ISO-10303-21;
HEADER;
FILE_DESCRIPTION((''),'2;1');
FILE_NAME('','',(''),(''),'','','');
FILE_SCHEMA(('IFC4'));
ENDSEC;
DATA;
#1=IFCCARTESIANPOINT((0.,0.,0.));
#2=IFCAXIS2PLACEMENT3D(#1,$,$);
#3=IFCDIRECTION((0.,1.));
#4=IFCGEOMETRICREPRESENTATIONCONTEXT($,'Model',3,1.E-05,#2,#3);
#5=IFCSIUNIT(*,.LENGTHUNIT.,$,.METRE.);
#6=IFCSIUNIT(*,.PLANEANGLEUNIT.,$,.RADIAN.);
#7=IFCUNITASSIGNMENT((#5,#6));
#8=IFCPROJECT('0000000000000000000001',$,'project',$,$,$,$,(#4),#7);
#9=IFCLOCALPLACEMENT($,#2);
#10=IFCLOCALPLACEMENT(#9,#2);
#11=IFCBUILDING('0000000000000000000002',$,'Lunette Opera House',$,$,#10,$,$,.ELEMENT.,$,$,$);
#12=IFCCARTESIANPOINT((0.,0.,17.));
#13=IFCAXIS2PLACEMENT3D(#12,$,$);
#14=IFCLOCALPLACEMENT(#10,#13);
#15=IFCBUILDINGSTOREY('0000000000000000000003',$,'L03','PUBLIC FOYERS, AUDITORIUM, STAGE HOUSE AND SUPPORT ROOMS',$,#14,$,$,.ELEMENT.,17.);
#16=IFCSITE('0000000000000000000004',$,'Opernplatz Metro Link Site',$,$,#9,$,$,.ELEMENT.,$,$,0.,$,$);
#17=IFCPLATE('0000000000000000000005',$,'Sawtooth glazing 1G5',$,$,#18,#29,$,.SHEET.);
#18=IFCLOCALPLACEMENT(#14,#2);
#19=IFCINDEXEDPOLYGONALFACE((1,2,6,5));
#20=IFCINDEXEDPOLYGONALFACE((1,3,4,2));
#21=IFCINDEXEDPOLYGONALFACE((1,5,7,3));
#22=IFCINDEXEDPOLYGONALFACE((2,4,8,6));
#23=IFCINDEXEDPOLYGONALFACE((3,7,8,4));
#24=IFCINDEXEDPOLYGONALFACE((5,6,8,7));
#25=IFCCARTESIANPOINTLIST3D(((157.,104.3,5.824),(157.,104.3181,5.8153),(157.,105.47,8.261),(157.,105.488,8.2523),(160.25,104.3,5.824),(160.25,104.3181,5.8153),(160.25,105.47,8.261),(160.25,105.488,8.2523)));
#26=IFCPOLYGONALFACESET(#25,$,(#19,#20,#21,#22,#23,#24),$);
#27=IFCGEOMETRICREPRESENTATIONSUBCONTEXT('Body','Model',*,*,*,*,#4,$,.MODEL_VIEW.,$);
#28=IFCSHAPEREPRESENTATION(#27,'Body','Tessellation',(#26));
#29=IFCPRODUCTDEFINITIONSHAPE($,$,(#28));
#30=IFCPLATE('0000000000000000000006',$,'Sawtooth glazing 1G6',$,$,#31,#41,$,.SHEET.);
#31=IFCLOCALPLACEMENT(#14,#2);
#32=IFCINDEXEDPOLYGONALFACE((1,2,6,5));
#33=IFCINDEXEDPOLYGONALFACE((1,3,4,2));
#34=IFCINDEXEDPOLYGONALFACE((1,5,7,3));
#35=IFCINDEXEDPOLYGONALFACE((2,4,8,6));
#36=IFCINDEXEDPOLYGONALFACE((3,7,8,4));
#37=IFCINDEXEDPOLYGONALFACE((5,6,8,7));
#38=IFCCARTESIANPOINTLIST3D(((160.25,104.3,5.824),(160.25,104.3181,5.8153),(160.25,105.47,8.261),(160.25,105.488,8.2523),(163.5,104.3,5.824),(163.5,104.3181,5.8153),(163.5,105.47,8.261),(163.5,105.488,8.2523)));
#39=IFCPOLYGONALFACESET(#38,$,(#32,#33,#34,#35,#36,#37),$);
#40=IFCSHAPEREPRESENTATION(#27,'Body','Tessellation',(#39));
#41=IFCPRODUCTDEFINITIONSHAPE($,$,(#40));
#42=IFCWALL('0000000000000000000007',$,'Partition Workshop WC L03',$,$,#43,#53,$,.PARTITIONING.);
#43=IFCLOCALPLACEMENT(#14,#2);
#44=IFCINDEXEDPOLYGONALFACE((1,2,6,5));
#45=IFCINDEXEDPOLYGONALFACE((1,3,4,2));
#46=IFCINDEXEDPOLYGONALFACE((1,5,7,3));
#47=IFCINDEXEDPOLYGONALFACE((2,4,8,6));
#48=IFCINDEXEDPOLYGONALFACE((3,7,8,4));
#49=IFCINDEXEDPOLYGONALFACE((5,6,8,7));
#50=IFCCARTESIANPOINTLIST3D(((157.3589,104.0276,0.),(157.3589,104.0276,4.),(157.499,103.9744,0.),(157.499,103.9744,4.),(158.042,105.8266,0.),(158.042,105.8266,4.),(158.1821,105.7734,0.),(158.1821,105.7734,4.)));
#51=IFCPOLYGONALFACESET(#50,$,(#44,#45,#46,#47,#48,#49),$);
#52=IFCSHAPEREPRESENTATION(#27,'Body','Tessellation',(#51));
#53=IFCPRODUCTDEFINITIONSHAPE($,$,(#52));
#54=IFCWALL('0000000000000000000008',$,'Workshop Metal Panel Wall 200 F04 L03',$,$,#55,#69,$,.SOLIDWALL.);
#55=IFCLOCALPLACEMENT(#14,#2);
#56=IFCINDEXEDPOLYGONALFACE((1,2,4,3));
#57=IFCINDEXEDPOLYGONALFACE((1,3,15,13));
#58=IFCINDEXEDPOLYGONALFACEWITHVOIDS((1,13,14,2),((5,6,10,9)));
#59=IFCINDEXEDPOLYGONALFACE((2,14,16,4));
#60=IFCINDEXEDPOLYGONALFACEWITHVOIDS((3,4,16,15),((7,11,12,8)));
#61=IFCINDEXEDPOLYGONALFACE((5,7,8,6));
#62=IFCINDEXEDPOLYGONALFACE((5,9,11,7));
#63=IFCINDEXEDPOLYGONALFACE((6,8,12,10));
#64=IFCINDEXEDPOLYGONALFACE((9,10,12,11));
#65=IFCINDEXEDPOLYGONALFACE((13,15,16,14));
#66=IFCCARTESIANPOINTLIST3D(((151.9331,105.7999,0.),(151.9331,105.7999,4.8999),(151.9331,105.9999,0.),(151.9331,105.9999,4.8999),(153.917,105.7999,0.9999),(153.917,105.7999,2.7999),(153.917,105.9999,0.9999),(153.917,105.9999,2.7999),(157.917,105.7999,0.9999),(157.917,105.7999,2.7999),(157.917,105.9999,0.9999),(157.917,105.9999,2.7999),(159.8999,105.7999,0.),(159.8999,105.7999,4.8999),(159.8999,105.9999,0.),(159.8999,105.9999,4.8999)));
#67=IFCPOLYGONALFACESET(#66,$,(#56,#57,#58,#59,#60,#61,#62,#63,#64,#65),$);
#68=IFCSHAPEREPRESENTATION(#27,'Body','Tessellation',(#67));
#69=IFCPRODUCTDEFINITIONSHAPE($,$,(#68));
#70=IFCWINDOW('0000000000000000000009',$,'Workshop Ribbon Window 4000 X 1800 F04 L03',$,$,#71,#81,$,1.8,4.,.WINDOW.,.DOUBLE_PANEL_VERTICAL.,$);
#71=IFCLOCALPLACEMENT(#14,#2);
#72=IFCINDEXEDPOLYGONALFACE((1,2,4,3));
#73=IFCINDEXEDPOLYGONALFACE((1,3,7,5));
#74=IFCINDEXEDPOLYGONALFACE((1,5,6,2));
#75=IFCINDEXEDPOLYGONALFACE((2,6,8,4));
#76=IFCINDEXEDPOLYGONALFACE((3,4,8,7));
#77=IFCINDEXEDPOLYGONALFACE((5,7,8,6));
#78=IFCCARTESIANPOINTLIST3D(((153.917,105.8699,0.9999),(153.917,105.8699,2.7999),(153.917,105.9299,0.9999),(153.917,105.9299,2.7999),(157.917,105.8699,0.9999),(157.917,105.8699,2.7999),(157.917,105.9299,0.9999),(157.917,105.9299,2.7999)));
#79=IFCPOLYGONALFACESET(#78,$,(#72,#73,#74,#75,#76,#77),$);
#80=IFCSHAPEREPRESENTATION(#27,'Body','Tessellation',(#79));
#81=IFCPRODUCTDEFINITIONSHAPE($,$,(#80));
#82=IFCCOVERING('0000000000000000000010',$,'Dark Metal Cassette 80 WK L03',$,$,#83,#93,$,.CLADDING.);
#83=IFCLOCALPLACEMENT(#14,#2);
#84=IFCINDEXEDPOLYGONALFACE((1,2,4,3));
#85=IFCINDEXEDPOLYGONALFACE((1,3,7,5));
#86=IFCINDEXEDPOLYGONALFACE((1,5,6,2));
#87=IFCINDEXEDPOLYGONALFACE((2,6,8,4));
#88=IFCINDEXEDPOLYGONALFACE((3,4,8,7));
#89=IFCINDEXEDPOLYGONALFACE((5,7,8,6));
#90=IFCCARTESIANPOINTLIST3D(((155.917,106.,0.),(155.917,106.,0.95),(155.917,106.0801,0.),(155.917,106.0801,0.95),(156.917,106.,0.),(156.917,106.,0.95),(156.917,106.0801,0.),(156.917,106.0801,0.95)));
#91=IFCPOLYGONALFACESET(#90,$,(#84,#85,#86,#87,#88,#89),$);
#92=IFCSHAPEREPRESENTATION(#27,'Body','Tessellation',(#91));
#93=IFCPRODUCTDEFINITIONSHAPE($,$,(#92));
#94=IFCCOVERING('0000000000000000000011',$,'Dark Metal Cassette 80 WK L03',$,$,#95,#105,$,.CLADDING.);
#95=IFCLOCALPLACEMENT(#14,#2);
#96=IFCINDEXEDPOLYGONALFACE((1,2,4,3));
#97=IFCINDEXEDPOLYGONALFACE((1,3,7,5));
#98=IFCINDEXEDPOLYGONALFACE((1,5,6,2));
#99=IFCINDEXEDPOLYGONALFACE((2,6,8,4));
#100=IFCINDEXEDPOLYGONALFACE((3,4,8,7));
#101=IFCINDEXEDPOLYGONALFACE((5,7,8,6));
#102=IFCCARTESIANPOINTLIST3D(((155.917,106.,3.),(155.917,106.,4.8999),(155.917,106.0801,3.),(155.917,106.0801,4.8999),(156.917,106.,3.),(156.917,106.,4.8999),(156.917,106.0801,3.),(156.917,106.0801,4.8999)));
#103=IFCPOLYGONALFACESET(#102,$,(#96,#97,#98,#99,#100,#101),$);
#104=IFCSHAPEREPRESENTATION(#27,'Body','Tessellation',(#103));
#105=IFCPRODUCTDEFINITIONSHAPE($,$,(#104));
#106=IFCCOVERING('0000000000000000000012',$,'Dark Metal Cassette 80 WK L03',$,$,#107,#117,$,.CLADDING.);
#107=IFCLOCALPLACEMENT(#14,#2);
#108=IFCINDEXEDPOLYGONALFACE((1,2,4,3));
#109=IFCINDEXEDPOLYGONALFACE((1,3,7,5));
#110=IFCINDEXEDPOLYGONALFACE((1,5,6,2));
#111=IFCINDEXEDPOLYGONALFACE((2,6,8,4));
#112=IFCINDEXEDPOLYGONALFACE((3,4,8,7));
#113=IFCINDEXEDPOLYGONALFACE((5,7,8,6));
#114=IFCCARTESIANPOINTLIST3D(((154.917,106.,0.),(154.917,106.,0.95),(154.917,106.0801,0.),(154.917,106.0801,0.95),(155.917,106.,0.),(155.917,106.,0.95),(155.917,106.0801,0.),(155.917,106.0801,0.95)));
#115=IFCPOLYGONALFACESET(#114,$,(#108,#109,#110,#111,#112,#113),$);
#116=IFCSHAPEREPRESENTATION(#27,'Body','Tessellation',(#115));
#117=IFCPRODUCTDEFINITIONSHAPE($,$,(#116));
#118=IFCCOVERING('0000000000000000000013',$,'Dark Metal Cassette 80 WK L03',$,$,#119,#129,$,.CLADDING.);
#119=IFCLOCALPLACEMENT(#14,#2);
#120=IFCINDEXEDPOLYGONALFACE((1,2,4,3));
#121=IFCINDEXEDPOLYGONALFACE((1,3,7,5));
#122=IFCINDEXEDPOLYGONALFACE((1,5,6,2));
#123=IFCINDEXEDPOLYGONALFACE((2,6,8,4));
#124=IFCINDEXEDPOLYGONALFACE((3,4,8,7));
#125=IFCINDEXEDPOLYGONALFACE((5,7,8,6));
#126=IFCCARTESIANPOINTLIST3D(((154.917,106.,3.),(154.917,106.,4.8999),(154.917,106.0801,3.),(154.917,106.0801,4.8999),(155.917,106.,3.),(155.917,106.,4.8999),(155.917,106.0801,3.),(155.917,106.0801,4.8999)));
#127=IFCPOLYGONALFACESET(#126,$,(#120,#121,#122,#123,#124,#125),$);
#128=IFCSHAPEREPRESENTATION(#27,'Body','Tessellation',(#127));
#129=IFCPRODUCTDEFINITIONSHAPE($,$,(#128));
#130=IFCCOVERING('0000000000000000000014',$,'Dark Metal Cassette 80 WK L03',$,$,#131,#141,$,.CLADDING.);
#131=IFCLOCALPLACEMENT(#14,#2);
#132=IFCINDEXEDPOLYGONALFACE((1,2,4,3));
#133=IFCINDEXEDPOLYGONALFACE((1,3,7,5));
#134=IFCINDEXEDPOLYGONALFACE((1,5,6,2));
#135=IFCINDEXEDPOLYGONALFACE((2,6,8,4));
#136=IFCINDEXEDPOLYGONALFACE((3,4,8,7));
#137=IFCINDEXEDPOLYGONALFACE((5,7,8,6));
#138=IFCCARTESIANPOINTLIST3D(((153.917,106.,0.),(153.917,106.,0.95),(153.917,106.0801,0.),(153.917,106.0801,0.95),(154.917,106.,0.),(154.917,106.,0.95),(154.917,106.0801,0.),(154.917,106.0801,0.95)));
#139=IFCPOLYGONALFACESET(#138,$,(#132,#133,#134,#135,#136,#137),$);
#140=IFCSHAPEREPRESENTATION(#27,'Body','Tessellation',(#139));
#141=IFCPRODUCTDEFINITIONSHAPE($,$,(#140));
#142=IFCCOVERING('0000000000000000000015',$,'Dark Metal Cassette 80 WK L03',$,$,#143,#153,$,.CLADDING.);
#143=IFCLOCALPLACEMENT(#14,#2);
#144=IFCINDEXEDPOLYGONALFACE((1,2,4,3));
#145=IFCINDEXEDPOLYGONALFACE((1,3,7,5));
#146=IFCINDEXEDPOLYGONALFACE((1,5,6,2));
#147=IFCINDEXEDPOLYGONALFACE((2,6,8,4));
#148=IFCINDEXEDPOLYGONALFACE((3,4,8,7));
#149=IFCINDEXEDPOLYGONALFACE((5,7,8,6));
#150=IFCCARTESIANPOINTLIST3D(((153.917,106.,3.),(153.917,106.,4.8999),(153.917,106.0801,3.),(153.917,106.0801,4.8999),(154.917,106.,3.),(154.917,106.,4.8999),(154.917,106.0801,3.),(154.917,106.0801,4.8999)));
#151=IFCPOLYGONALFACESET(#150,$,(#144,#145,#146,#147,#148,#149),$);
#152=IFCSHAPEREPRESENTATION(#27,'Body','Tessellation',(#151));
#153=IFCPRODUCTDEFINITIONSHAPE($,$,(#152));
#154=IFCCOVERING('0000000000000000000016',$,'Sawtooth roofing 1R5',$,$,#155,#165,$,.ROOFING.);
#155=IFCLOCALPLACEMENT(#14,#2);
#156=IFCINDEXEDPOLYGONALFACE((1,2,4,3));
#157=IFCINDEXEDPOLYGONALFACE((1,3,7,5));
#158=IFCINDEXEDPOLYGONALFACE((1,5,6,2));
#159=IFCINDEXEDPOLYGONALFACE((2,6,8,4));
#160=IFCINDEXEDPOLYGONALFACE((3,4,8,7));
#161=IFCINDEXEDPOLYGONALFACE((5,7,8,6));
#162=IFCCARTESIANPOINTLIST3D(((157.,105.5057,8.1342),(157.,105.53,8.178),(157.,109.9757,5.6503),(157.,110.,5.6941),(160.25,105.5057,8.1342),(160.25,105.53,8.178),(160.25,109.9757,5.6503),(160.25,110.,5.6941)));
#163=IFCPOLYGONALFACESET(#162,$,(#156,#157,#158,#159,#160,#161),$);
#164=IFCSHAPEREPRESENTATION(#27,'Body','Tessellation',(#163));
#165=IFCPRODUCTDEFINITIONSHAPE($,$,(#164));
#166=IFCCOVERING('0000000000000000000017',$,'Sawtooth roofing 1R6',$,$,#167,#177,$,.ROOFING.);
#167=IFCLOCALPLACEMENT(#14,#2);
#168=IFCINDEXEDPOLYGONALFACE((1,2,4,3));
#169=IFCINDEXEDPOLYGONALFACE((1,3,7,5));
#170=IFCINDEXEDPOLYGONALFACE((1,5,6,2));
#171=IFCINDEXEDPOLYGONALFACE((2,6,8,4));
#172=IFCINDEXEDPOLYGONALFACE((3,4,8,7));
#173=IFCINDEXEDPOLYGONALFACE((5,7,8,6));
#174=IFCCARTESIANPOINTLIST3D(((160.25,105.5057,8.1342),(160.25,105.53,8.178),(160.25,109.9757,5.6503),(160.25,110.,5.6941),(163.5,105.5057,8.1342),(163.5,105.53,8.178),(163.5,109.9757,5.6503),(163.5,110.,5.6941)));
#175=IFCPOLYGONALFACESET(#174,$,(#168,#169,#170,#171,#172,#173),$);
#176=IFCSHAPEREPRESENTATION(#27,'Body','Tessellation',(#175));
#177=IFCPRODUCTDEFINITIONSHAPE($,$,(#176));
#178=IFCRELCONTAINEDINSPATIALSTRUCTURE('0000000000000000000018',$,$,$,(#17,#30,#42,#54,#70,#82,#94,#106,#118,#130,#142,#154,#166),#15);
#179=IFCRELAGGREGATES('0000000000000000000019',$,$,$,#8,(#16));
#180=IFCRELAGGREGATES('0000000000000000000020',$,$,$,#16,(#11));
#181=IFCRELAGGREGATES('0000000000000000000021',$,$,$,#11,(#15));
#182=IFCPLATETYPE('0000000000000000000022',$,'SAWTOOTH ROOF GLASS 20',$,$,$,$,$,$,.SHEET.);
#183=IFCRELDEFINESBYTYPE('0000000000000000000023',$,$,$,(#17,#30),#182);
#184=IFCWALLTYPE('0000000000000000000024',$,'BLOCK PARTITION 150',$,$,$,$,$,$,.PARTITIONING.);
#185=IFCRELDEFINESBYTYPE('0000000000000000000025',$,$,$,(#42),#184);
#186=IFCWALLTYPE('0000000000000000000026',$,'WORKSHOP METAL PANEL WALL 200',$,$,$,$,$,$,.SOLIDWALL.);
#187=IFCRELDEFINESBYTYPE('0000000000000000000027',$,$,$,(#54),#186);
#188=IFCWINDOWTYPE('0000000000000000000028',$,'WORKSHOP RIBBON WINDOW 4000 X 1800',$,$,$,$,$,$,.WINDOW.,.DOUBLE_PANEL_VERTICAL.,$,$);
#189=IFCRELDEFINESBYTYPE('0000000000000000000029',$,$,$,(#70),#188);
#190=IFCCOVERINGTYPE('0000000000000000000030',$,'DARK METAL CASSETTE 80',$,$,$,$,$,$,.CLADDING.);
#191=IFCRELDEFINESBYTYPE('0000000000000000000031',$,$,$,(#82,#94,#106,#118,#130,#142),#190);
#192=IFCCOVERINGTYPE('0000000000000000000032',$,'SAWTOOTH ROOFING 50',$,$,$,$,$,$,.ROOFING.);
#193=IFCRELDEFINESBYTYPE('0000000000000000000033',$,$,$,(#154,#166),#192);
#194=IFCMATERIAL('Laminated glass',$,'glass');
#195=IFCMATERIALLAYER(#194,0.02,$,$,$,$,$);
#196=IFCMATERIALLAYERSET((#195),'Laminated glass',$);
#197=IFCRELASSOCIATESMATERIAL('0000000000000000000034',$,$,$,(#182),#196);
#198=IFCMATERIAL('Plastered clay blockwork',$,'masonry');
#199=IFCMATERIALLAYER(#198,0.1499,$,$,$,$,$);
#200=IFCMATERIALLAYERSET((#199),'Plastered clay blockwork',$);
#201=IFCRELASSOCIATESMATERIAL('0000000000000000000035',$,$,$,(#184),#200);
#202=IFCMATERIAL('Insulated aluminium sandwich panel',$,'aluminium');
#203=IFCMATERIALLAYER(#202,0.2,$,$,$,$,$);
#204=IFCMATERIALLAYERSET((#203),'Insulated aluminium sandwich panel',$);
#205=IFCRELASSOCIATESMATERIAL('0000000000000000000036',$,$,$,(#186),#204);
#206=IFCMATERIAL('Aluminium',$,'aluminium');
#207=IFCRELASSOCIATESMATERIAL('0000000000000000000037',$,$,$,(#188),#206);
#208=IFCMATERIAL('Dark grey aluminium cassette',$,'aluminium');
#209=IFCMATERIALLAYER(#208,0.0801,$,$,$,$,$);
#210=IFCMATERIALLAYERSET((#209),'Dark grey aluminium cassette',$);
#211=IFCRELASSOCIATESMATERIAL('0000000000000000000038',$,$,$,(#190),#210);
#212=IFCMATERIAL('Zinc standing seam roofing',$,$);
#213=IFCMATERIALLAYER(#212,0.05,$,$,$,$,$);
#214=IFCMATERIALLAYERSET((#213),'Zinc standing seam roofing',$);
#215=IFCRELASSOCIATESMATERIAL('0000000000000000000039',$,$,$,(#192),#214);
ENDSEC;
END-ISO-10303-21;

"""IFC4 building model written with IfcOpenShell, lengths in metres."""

from ifc_helpers import new_model, si_unit, direction, frame, frame_2d, origin, origin_2d, place, context, subcontext, project, spatial, polyline, rectangle, outline, extrude, material, layer, layer_set, type_object, element, fill, save


model = new_model("IFC4")

# Units and contexts
model_context = context("Model", 3, precision=1e-05, world=origin(), true_north=direction((0.0, 1.0)))
body_context = subcontext(model_context, "Body", "Model", "MODEL_VIEW")
ifc_project = project(units=[si_unit("LENGTHUNIT", "METRE"), si_unit("PLANEANGLEUNIT", "RADIAN")], contexts=[model_context])

# Site, building, storey
site_placement = place(None, origin())
site = spatial("IfcSite", under=ifc_project, at=site_placement, Name="Opernplatz Metro Link Site", CompositionType="ELEMENT", RefElevation=0.0)
building_placement = place(site_placement, origin())
building = spatial("IfcBuilding", under=site, at=building_placement, Name="Lunette Opera House", CompositionType="ELEMENT")
storey_placement = place(building_placement, frame((0.0, 0.0, 17.0)))
storey = spatial("IfcBuildingStorey", under=building, at=storey_placement, Name="L03", Description="PUBLIC FOYERS, AUDITORIUM, STAGE HOUSE AND SUPPORT ROOMS", CompositionType="ELEMENT", Elevation=17.0)

# Plates
ifc_material_1 = material(Name="Laminated glass", Category="glass")
ifc_layer_1 = layer(ifc_material_1, 0.02)
ifc_layer_set_1 = layer_set([ifc_layer_1], Name="Laminated glass")
plate_type = type_object("IfcPlateType", Name="SAWTOOTH ROOF GLASS 20", PredefinedType="SHEET", material=ifc_layer_set_1)
for number, where, z_axis, x_axis, name in (
    (1, (157.0, 104.3, 5.824), (0.0, -0.901501, 0.432778), (1.0, 0.0, 0.0), "Sawtooth glazing 1G5"),
    (2, (160.25, 104.3, 5.824), (0.0, -0.901501, 0.432778), (1.0, 0.0, 0.0), "Sawtooth glazing 1G6"),
):
    element("IfcPlate", number, at=place(storey_placement, frame(where, z_axis=z_axis, x_axis=x_axis)), inside=storey, type_object=plate_type, Name=name, PredefinedType="SHEET", context=body_context, shape_type="SweptSolid", body=[
        extrude(outline(polyline([(0.0, 0.0), (3.25, 0.0), (3.25, 2.7033), (0.0, 2.7033), (0.0, 0.0)])), origin(), (0.0, 0.0, -1.0), 0.02),
    ])

# Wall
ifc_material_2 = material(Name="Plastered clay blockwork", Category="masonry")
ifc_layer_2 = layer(ifc_material_2, 0.1499)
ifc_layer_set_2 = layer_set([ifc_layer_2], Name="Plastered clay blockwork")
wall_type_1 = type_object("IfcWallType", Name="BLOCK PARTITION 150", PredefinedType="PARTITIONING", material=ifc_layer_set_2)
wall_1_placement = place(storey_placement, frame((157.429, 104.001, 0.0), z_axis=(0.0, 0.0, 1.0), x_axis=(0.354972, 0.934877, 0.0)))
element("IfcWall", 3, at=wall_1_placement, inside=storey, type_object=wall_type_1, Name="Partition Workshop WC L03", PredefinedType="PARTITIONING", context=body_context, shape_type="SweptSolid", body=[
    extrude(rectangle(XDim=1.9243, YDim=0.1499, at=frame_2d((0.9622, 0.0))), origin(), (0.0, 0.0, 1.0), 4.0),
])

# Wall, opening, window
ifc_material_3 = material(Name="Insulated aluminium sandwich panel", Category="aluminium")
ifc_layer_3 = layer(ifc_material_3, 0.2)
ifc_layer_set_3 = layer_set([ifc_layer_3], Name="Insulated aluminium sandwich panel")
wall_type_2 = type_object("IfcWallType", Name="WORKSHOP METAL PANEL WALL 200", PredefinedType="SOLIDWALL", material=ifc_layer_set_3)
wall_2_placement = place(storey_placement, frame((159.8999, 105.8999, 0.0), z_axis=(0.0, 0.0, 1.0), x_axis=(-1.0, 0.0, 0.0)))
wall_2 = element("IfcWall", 4, at=wall_2_placement, inside=storey, type_object=wall_type_2, Name="Workshop Metal Panel Wall 200 F04 L03", PredefinedType="SOLIDWALL", context=body_context, shape_type="SweptSolid", body=[
    extrude(rectangle(XDim=7.9668, YDim=0.2, at=frame_2d((3.9834, 0.0))), origin(), (0.0, 0.0, 1.0), 4.8999),
])
opening_placement = place(wall_2_placement, frame((1.9829, 0.0, 1.0)))
opening = element("IfcOpeningElement", 5, at=opening_placement, cuts=wall_2, PredefinedType="OPENING", context=body_context, shape_type="SweptSolid", body=[
    extrude(rectangle(XDim=4.0, YDim=1.8, at=frame_2d((2.0, 0.8999))), frame((0.0, 0.1121, 0.0), z_axis=(0.0, -1.0, 0.0), x_axis=(1.0, 0.0, 0.0)), (0.0, 0.0, 1.0), 0.2239),
])
ifc_material_4 = material(Name="Aluminium", Category="aluminium")
window_type = type_object("IfcWindowType", Name="WORKSHOP RIBBON WINDOW 4000 X 1800", PartitioningType="DOUBLE_PANEL_VERTICAL", PredefinedType="WINDOW", material=ifc_material_4)
window_placement = place(opening_placement, origin())
window = element("IfcWindow", 6, at=window_placement, inside=storey, type_object=window_type, Name="Workshop Ribbon Window 4000 X 1800 F04 L03", OverallHeight=1.8, OverallWidth=4.0, PartitioningType="DOUBLE_PANEL_VERTICAL", PredefinedType="WINDOW", context=body_context, shape_type="SweptSolid", body=[
    extrude(rectangle(XDim=4.0, YDim=1.8, at=frame_2d((2.0, 0.8999))), frame((0.0, 0.03, 0.0), z_axis=(0.0, -1.0, 0.0), x_axis=(1.0, 0.0, 0.0)), (0.0, 0.0, 1.0), 0.0601),
])
fill(opening, window)

# Coverings
ifc_material_5 = material(Name="Dark grey aluminium cassette", Category="aluminium")
ifc_layer_4 = layer(ifc_material_5, 0.0801)
ifc_layer_set_4 = layer_set([ifc_layer_4], Name="Dark grey aluminium cassette")
covering_type_1 = type_object("IfcCoveringType", Name="DARK METAL CASSETTE 80", PredefinedType="CLADDING", material=ifc_layer_set_4)
covering_1_placement = place(storey_placement, frame((156.417, 106.04, 0.0), z_axis=(0.0, 0.0, 1.0), x_axis=(-1.0, 0.0, 0.0)))
element("IfcCovering", 7, at=covering_1_placement, inside=storey, type_object=covering_type_1, Name="Dark Metal Cassette 80 WK L03", PredefinedType="CLADDING", context=body_context, shape_type="SweptSolid", body=[
    extrude(rectangle(XDim=1.0, YDim=0.0801, at=origin_2d()), origin(), (0.0, 0.0, 1.0), 0.95),
])
covering_2_placement = place(storey_placement, frame((156.417, 106.04, 3.0), z_axis=(0.0, 0.0, 1.0), x_axis=(-1.0, 0.0, 0.0)))
element("IfcCovering", 8, at=covering_2_placement, inside=storey, type_object=covering_type_1, Name="Dark Metal Cassette 80 WK L03", PredefinedType="CLADDING", context=body_context, shape_type="SweptSolid", body=[
    extrude(rectangle(XDim=1.0, YDim=0.0801, at=origin_2d()), origin(), (0.0, 0.0, 1.0), 1.8999),
])
covering_3_placement = place(storey_placement, frame((155.417, 106.04, 0.0), z_axis=(0.0, 0.0, 1.0), x_axis=(-1.0, 0.0, 0.0)))
element("IfcCovering", 9, at=covering_3_placement, inside=storey, type_object=covering_type_1, Name="Dark Metal Cassette 80 WK L03", PredefinedType="CLADDING", context=body_context, shape_type="SweptSolid", body=[
    extrude(rectangle(XDim=1.0, YDim=0.0801, at=origin_2d()), origin(), (0.0, 0.0, 1.0), 0.95),
])
covering_4_placement = place(storey_placement, frame((155.417, 106.04, 3.0), z_axis=(0.0, 0.0, 1.0), x_axis=(-1.0, 0.0, 0.0)))
element("IfcCovering", 10, at=covering_4_placement, inside=storey, type_object=covering_type_1, Name="Dark Metal Cassette 80 WK L03", PredefinedType="CLADDING", context=body_context, shape_type="SweptSolid", body=[
    extrude(rectangle(XDim=1.0, YDim=0.0801, at=origin_2d()), origin(), (0.0, 0.0, 1.0), 1.8999),
])
covering_5_placement = place(storey_placement, frame((154.417, 106.04, 0.0), z_axis=(0.0, 0.0, 1.0), x_axis=(-1.0, 0.0, 0.0)))
element("IfcCovering", 11, at=covering_5_placement, inside=storey, type_object=covering_type_1, Name="Dark Metal Cassette 80 WK L03", PredefinedType="CLADDING", context=body_context, shape_type="SweptSolid", body=[
    extrude(rectangle(XDim=1.0, YDim=0.0801, at=origin_2d()), origin(), (0.0, 0.0, 1.0), 0.95),
])
covering_6_placement = place(storey_placement, frame((154.417, 106.04, 3.0), z_axis=(0.0, 0.0, 1.0), x_axis=(-1.0, 0.0, 0.0)))
element("IfcCovering", 12, at=covering_6_placement, inside=storey, type_object=covering_type_1, Name="Dark Metal Cassette 80 WK L03", PredefinedType="CLADDING", context=body_context, shape_type="SweptSolid", body=[
    extrude(rectangle(XDim=1.0, YDim=0.0801, at=origin_2d()), origin(), (0.0, 0.0, 1.0), 1.8999),
])
ifc_material_6 = material(Name="Zinc standing seam roofing")
ifc_layer_5 = layer(ifc_material_6, 0.05)
ifc_layer_set_5 = layer_set([ifc_layer_5], Name="Zinc standing seam roofing")
covering_type_2 = type_object("IfcCoveringType", Name="SAWTOOTH ROOFING 50", PredefinedType="ROOFING", material=ifc_layer_set_5)
for number, where, z_axis, x_axis, name in (
    (13, (157.0, 105.53, 8.178), (0.0, 0.485728, 0.87411), (1.0, 0.0, 0.0), "Sawtooth roofing 1R5"),
    (14, (160.25, 105.53, 8.178), (0.0, 0.485728, 0.87411), (1.0, 0.0, 0.0), "Sawtooth roofing 1R6"),
):
    element("IfcCovering", number, at=place(storey_placement, frame(where, z_axis=z_axis, x_axis=x_axis)), inside=storey, type_object=covering_type_2, Name=name, PredefinedType="ROOFING", context=body_context, shape_type="SweptSolid", body=[
        extrude(outline(polyline([(0.0, 0.0), (3.25, 0.0), (3.25, 5.1137), (0.0, 5.1137), (0.0, 0.0)])), origin(), (0.0, 0.0, -1.0), 0.05),
    ])

save(model, "model.ifc")
